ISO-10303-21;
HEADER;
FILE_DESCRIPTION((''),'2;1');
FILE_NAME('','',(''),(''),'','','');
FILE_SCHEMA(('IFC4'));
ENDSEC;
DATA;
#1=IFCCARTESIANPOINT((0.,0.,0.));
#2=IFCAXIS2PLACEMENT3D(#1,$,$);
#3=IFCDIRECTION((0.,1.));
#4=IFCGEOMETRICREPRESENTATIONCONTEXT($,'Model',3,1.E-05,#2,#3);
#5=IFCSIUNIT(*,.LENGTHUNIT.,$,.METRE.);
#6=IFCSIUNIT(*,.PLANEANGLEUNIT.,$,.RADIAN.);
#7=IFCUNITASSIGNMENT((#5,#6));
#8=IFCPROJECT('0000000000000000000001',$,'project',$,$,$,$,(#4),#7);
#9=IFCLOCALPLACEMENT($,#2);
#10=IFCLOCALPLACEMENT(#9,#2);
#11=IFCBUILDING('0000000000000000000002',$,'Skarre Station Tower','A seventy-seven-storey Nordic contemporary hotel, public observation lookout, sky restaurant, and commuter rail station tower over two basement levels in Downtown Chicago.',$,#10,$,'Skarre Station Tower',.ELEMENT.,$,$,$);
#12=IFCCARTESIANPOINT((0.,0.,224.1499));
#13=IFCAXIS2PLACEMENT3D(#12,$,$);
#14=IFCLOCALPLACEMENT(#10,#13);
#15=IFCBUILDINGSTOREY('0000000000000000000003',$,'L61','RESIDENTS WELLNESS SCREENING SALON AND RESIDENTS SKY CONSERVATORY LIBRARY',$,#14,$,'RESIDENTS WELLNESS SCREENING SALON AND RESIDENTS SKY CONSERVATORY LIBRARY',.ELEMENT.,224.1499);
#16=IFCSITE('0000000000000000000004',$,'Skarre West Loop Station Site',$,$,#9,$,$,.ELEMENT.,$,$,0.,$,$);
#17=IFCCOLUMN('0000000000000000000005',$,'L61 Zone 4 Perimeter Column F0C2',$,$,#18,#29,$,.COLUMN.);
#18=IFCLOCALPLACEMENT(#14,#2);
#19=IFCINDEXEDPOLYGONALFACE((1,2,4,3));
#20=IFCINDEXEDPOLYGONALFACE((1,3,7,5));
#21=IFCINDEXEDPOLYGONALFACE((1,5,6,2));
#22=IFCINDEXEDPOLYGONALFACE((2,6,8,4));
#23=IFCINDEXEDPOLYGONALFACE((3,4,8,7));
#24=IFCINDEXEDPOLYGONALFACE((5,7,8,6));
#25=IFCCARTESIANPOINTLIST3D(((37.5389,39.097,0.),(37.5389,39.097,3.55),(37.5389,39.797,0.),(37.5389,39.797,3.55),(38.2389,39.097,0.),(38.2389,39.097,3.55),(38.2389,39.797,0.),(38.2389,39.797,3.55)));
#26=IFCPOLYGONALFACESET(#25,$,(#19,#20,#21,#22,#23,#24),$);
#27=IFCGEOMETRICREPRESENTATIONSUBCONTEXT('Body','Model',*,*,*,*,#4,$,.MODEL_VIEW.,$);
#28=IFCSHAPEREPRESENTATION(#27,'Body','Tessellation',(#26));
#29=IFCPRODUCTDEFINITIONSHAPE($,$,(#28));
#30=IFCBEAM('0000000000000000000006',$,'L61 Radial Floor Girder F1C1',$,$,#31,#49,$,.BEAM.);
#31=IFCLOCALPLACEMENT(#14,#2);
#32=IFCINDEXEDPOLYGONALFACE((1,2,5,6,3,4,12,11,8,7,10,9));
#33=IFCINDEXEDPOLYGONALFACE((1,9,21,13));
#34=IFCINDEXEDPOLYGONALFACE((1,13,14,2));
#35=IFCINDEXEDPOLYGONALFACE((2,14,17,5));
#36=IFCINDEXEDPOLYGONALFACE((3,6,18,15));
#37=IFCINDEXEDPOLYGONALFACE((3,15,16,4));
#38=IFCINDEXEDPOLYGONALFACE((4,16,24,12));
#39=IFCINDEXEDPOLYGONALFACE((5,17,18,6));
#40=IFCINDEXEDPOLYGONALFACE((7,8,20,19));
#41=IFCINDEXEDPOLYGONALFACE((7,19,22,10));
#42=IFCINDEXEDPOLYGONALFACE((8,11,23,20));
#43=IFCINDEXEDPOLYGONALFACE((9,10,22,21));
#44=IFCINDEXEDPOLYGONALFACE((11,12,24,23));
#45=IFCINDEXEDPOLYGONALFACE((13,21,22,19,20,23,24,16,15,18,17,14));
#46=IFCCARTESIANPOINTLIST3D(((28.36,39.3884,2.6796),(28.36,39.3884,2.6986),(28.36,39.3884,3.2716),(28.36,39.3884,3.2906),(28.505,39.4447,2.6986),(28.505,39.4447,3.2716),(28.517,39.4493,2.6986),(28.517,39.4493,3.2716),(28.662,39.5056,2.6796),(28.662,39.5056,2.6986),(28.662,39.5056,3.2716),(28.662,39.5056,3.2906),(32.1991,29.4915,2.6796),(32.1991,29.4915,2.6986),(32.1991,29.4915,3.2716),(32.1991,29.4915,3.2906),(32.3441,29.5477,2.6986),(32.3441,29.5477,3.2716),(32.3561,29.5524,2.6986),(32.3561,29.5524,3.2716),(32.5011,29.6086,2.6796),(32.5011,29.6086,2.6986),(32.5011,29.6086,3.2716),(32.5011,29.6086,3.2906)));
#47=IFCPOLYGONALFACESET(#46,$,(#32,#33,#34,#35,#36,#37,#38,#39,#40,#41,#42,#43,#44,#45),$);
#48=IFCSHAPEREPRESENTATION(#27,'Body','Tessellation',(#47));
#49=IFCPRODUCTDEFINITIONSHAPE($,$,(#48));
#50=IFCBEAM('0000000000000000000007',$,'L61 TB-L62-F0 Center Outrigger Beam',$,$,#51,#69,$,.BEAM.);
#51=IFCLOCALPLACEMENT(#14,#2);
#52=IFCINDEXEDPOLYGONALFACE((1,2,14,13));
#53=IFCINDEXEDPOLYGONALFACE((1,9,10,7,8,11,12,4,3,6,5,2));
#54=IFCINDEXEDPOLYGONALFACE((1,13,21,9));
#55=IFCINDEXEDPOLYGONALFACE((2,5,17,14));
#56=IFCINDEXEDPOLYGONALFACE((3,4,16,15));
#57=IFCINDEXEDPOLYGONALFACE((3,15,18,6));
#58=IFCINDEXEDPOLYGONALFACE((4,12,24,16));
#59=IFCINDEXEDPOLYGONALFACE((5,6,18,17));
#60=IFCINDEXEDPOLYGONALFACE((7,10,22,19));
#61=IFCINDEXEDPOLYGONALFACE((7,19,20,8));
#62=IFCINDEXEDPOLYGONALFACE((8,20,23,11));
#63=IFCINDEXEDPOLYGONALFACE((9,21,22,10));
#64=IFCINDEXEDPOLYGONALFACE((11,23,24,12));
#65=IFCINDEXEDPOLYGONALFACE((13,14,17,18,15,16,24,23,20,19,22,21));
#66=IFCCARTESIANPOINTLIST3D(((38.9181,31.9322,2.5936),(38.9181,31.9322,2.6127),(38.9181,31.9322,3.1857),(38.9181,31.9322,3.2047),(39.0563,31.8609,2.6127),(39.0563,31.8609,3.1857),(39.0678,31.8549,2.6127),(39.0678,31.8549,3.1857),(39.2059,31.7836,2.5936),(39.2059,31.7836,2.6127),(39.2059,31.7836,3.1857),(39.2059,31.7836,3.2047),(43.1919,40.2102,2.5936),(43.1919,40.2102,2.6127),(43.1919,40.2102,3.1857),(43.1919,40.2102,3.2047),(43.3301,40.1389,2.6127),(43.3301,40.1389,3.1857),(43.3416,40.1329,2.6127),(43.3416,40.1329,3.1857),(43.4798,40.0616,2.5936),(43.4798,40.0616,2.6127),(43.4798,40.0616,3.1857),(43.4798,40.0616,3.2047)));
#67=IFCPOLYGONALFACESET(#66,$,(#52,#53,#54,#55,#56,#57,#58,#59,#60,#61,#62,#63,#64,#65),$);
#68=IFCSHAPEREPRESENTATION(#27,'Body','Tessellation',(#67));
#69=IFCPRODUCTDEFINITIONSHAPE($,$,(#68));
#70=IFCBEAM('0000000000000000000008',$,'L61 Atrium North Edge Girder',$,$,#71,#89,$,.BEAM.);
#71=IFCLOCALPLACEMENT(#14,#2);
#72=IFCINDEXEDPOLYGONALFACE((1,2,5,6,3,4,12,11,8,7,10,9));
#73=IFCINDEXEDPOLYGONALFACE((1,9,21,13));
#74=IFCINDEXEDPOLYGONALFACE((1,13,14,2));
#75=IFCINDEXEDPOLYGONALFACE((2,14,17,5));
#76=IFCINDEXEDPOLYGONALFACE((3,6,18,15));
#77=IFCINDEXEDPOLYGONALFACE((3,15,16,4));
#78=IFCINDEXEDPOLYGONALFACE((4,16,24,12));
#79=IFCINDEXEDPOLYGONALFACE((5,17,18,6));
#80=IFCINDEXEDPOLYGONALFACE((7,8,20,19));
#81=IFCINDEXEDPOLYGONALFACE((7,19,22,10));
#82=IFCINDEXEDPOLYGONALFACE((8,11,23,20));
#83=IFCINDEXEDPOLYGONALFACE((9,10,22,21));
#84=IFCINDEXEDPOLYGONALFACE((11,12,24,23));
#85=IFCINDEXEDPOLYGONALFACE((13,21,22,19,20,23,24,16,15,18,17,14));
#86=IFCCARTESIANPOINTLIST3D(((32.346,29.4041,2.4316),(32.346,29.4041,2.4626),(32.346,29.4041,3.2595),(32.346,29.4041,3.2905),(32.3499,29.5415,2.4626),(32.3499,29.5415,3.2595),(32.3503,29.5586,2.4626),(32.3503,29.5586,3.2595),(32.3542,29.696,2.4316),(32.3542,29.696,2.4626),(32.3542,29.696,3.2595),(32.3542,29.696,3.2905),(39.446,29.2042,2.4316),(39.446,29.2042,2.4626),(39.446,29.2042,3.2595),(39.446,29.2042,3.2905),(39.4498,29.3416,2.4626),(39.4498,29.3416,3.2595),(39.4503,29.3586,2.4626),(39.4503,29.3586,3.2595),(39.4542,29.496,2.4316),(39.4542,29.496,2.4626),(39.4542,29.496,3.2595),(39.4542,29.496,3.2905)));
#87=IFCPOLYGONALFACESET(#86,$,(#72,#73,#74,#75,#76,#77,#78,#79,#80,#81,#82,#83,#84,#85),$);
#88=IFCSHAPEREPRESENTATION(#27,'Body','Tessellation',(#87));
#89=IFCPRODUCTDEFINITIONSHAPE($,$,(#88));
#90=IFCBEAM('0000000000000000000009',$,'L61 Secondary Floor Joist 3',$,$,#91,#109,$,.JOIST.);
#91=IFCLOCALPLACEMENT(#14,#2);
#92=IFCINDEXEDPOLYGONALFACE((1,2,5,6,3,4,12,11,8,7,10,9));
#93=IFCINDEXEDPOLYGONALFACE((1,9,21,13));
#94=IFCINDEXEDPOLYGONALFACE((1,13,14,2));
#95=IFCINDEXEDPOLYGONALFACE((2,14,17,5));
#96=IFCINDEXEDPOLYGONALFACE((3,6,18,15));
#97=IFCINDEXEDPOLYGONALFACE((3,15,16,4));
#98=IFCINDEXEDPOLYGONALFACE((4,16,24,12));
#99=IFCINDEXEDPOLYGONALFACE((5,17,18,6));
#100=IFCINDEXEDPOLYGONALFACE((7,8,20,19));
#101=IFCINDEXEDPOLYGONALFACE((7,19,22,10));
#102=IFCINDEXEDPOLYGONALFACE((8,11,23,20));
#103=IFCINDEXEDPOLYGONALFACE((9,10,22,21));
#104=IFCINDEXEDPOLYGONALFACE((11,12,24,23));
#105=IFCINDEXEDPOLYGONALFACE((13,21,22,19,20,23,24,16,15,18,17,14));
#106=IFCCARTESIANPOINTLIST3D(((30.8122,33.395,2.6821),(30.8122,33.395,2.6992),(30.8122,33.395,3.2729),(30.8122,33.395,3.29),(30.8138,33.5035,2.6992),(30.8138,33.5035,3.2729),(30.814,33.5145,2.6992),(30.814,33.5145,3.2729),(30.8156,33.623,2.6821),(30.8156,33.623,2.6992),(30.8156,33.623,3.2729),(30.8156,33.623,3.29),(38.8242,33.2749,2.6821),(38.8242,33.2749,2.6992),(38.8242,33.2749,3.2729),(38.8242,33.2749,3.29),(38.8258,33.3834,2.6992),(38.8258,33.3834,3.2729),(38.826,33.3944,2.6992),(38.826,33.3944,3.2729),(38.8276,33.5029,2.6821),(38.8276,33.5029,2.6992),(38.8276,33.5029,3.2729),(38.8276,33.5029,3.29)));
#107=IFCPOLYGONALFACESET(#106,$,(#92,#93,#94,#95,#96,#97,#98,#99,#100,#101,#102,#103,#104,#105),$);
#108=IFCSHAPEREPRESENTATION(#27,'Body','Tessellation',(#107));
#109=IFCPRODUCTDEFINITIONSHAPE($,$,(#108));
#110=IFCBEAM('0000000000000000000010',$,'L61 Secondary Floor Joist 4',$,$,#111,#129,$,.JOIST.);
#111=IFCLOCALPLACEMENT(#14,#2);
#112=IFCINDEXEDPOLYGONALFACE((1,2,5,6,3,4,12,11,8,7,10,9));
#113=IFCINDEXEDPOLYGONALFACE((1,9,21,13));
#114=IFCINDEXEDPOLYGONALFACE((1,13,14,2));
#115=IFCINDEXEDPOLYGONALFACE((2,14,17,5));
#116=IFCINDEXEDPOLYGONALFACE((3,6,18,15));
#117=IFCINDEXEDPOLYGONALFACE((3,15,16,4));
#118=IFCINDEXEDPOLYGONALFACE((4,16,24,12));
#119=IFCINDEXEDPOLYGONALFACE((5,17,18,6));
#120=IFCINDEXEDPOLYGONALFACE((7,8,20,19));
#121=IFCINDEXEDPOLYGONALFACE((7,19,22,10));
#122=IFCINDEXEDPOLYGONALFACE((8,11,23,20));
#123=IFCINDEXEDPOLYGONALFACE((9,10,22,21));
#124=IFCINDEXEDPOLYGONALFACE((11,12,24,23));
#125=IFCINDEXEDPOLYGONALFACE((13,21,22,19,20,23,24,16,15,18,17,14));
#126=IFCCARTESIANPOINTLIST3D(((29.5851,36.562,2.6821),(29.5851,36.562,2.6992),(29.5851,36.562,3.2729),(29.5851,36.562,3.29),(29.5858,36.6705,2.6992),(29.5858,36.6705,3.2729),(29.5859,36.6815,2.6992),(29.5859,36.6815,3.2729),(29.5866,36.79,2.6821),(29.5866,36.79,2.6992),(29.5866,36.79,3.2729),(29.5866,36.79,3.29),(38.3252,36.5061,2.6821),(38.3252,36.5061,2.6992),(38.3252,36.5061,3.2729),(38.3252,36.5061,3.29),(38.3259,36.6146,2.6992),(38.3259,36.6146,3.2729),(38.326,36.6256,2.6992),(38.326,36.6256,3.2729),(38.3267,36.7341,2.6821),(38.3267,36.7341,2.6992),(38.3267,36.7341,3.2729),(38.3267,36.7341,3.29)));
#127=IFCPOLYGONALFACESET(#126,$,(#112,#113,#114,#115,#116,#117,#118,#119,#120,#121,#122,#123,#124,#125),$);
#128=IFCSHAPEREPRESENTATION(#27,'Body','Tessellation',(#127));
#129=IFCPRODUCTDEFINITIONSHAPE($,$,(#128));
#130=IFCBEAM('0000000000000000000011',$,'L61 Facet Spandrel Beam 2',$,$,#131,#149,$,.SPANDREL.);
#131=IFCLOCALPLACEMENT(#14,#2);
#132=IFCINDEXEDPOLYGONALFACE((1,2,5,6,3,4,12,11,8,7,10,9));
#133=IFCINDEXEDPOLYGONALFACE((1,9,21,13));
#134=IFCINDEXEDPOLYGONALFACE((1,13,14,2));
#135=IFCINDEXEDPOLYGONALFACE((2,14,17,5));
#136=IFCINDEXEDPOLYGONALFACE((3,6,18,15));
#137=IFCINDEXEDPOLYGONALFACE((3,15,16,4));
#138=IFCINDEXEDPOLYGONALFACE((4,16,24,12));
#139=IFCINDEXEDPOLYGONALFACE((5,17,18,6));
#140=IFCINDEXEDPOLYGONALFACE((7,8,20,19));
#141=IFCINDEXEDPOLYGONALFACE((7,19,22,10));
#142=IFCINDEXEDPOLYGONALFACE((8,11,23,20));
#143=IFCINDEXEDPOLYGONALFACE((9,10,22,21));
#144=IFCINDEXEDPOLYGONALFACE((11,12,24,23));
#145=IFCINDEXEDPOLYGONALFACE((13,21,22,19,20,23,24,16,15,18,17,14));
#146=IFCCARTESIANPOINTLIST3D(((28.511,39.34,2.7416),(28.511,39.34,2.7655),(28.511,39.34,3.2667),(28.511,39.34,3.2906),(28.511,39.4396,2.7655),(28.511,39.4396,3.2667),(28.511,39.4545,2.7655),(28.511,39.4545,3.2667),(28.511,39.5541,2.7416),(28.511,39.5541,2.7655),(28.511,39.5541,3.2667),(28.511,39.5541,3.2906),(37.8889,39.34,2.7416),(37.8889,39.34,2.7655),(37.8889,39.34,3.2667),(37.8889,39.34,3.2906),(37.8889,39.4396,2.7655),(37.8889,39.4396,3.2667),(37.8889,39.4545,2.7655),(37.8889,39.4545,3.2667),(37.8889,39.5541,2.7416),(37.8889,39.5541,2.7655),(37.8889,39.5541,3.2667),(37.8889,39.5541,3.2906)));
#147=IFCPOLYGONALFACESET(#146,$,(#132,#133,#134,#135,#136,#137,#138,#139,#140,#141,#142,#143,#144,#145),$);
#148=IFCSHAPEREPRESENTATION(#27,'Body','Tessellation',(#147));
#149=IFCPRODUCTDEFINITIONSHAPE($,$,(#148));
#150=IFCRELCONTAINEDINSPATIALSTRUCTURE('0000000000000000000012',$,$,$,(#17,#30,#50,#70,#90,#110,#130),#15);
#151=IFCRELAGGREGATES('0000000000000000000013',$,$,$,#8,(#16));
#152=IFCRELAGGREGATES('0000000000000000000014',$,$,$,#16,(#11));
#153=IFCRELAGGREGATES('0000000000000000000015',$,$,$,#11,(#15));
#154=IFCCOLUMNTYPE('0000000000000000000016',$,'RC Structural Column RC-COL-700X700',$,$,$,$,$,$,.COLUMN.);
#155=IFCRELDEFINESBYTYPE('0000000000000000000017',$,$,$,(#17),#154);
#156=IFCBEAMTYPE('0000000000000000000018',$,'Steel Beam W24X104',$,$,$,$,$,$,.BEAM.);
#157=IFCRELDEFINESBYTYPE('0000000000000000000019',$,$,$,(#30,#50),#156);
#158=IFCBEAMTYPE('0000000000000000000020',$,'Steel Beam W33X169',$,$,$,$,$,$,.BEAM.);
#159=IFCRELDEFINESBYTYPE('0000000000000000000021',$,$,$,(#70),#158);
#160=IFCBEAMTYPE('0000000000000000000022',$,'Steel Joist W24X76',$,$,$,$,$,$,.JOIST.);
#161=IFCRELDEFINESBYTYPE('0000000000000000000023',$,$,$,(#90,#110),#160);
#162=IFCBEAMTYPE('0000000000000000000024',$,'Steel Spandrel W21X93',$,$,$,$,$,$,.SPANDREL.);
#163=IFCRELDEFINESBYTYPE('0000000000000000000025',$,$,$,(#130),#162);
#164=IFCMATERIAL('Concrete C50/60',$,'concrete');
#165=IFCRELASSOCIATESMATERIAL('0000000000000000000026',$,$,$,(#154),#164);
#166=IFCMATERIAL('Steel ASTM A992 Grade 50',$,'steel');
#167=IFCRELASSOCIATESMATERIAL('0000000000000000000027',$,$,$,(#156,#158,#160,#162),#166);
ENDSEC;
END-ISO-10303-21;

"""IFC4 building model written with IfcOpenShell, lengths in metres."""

from ifc_helpers import new_model, si_unit, direction, frame, origin, origin_2d, place, context, subcontext, project, spatial, rectangle, i_section, extrude, material, material_profile, profile_set, type_object, element, save


model = new_model("IFC4")

# Units and contexts
model_context = context("Model", 3, precision=1e-05, world=origin(), true_north=direction((0.0, 1.0)))
body_context = subcontext(model_context, "Body", "Model", "MODEL_VIEW")
ifc_project = project(units=[si_unit("LENGTHUNIT", "METRE"), si_unit("PLANEANGLEUNIT", "RADIAN")], contexts=[model_context])

# Site, building, storey
site_placement = place(None, origin())
site = spatial("IfcSite", under=ifc_project, at=site_placement, Name="Skarre West Loop Station Site", CompositionType="ELEMENT", RefElevation=0.0)
building_placement = place(site_placement, origin())
building = spatial("IfcBuilding", under=site, at=building_placement, Name="Skarre Station Tower", Description="A seventy-seven-storey Nordic contemporary hotel, public observation lookout, sky restaurant, and commuter rail station tower over two basement levels in Downtown Chicago.", LongName="Skarre Station Tower", CompositionType="ELEMENT")
storey_placement = place(building_placement, frame((0.0, 0.0, 224.1499)))
storey = spatial("IfcBuildingStorey", under=building, at=storey_placement, Name="L61", Description="RESIDENTS WELLNESS SCREENING SALON AND RESIDENTS SKY CONSERVATORY LIBRARY", LongName="RESIDENTS WELLNESS SCREENING SALON AND RESIDENTS SKY CONSERVATORY LIBRARY", CompositionType="ELEMENT", Elevation=224.1499)

# Column
ifc_material_1 = material(Name="Concrete C50/60", Category="concrete")
ifc_material_profile_1 = material_profile(ifc_material_1, rectangle(XDim=0.7, YDim=0.7, at=origin_2d()), Name="Concrete C50/60")
ifc_profile_set_1 = profile_set([ifc_material_profile_1], Name="Concrete C50/60")
column_type = type_object("IfcColumnType", Name="RC Structural Column RC-COL-700X700", PredefinedType="COLUMN", material=ifc_profile_set_1)
column_placement = place(storey_placement, frame((37.8889, 39.447, 0.0), z_axis=(0.0, 0.0, 1.0), x_axis=(1.0, 0.0, 0.0)))
element("IfcColumn", 1, at=column_placement, inside=storey, type_object=column_type, Name="L61 Zone 4 Perimeter Column F0C2", PredefinedType="COLUMN", context=body_context, shape_type="SweptSolid", body=[
    extrude(rectangle(XDim=0.7, YDim=0.7, at=origin_2d()), origin(), (0.0, 0.0, 1.0), 3.55),
])

# Beams
ifc_material_2 = material(Name="Steel ASTM A992 Grade 50", Category="steel")
ifc_material_profile_2 = material_profile(ifc_material_2, i_section(OverallWidth=0.324, OverallDepth=0.6111, WebThickness=0.0129, FlangeThickness=0.019, at=origin_2d()), Name="Steel ASTM A992 Grade 50")
ifc_profile_set_2 = profile_set([ifc_material_profile_2], Name="Steel ASTM A992 Grade 50")
beam_type_1 = type_object("IfcBeamType", Name="Steel Beam W24X104", PredefinedType="BEAM", material=ifc_profile_set_2)
beam_1_placement = place(storey_placement, frame((32.3501, 29.55, 2.9851), z_axis=(-0.361651, 0.932313, 0.0), x_axis=(-0.932313, -0.361651, 0.0)))
element("IfcBeam", 2, at=beam_1_placement, inside=storey, type_object=beam_type_1, Name="L61 Radial Floor Girder F1C1", PredefinedType="BEAM", context=body_context, shape_type="SweptSolid", body=[
    extrude(i_section(OverallWidth=0.324, OverallDepth=0.6111, WebThickness=0.0129, FlangeThickness=0.019, at=origin_2d()), origin(), (0.0, 0.0, 1.0), 10.6155),
])
beam_2_placement = place(storey_placement, frame((39.062, 31.8579, 2.8992), z_axis=(0.458759, 0.888561, 0.0), x_axis=(-0.888561, 0.458759, 0.0)))
element("IfcBeam", 3, at=beam_2_placement, inside=storey, type_object=beam_type_1, Name="L61 TB-L62-F0 Center Outrigger Beam", PredefinedType="BEAM", context=body_context, shape_type="SweptSolid", body=[
    extrude(i_section(OverallWidth=0.324, OverallDepth=0.6111, WebThickness=0.0129, FlangeThickness=0.019, at=origin_2d()), origin(), (0.0, 0.0, 1.0), 9.3162),
])
ifc_material_profile_3 = material_profile(ifc_material_2, i_section(OverallWidth=0.292, OverallDepth=0.8589, WebThickness=0.0171, FlangeThickness=0.031, at=origin_2d()), Name="Steel ASTM A992 Grade 50")
ifc_profile_set_3 = profile_set([ifc_material_profile_3], Name="Steel ASTM A992 Grade 50")
beam_type_2 = type_object("IfcBeamType", Name="Steel Beam W33X169", PredefinedType="BEAM", material=ifc_profile_set_3)
beam_3_placement = place(storey_placement, frame((32.3501, 29.55, 2.8611), z_axis=(0.999604, -0.028152, 0.0), x_axis=(0.028152, 0.999604, 0.0)))
element("IfcBeam", 4, at=beam_3_placement, inside=storey, type_object=beam_type_2, Name="L61 Atrium North Edge Girder", PredefinedType="BEAM", context=body_context, shape_type="SweptSolid", body=[
    extrude(i_section(OverallWidth=0.292, OverallDepth=0.8589, WebThickness=0.0171, FlangeThickness=0.031, at=origin_2d()), origin(), (0.0, 0.0, 1.0), 7.1028),
])
ifc_material_profile_4 = material_profile(ifc_material_2, i_section(OverallWidth=0.228, OverallDepth=0.6079, WebThickness=0.011, FlangeThickness=0.0171, at=origin_2d()), Name="Steel ASTM A992 Grade 50")
ifc_profile_set_4 = profile_set([ifc_material_profile_4], Name="Steel ASTM A992 Grade 50")
beam_type_3 = type_object("IfcBeamType", Name="Steel Joist W24X76", PredefinedType="JOIST", material=ifc_profile_set_4)
beam_4_placement = place(storey_placement, frame((38.8259, 33.3889, 2.9861), z_axis=(-0.999888, 0.014991, 0.0), x_axis=(-0.014991, -0.999888, 0.0)))
element("IfcBeam", 5, at=beam_4_placement, inside=storey, type_object=beam_type_3, Name="L61 Secondary Floor Joist 3", PredefinedType="JOIST", context=body_context, shape_type="SweptSolid", body=[
    extrude(i_section(OverallWidth=0.228, OverallDepth=0.6079, WebThickness=0.011, FlangeThickness=0.0171, at=origin_2d()), origin(), (0.0, 0.0, 1.0), 8.0129),
])
beam_5_placement = place(storey_placement, frame((38.3259, 36.6201, 2.9861), z_axis=(-0.99998, 0.006397, 0.0), x_axis=(-0.006397, -0.99998, 0.0)))
element("IfcBeam", 6, at=beam_5_placement, inside=storey, type_object=beam_type_3, Name="L61 Secondary Floor Joist 4", PredefinedType="JOIST", context=body_context, shape_type="SweptSolid", body=[
    extrude(i_section(OverallWidth=0.228, OverallDepth=0.6079, WebThickness=0.011, FlangeThickness=0.0171, at=origin_2d()), origin(), (0.0, 0.0, 1.0), 8.7402),
])
ifc_material_profile_5 = material_profile(ifc_material_2, i_section(OverallWidth=0.2141, OverallDepth=0.5491, WebThickness=0.0149, FlangeThickness=0.0239, at=origin_2d()), Name="Steel ASTM A992 Grade 50")
ifc_profile_set_5 = profile_set([ifc_material_profile_5], Name="Steel ASTM A992 Grade 50")
beam_type_4 = type_object("IfcBeamType", Name="Steel Spandrel W21X93", PredefinedType="SPANDREL", material=ifc_profile_set_5)
beam_6_placement = place(storey_placement, frame((37.8889, 39.447, 3.0161), z_axis=(-1.0, 0.0, 0.0), x_axis=(0.0, -1.0, 0.0)))
element("IfcBeam", 7, at=beam_6_placement, inside=storey, type_object=beam_type_4, Name="L61 Facet Spandrel Beam 2", PredefinedType="SPANDREL", context=body_context, shape_type="SweptSolid", body=[
    extrude(i_section(OverallWidth=0.2141, OverallDepth=0.5491, WebThickness=0.0149, FlangeThickness=0.0239, at=origin_2d()), origin(), (0.0, 0.0, 1.0), 9.3779),
])

save(model, "model.ifc")
